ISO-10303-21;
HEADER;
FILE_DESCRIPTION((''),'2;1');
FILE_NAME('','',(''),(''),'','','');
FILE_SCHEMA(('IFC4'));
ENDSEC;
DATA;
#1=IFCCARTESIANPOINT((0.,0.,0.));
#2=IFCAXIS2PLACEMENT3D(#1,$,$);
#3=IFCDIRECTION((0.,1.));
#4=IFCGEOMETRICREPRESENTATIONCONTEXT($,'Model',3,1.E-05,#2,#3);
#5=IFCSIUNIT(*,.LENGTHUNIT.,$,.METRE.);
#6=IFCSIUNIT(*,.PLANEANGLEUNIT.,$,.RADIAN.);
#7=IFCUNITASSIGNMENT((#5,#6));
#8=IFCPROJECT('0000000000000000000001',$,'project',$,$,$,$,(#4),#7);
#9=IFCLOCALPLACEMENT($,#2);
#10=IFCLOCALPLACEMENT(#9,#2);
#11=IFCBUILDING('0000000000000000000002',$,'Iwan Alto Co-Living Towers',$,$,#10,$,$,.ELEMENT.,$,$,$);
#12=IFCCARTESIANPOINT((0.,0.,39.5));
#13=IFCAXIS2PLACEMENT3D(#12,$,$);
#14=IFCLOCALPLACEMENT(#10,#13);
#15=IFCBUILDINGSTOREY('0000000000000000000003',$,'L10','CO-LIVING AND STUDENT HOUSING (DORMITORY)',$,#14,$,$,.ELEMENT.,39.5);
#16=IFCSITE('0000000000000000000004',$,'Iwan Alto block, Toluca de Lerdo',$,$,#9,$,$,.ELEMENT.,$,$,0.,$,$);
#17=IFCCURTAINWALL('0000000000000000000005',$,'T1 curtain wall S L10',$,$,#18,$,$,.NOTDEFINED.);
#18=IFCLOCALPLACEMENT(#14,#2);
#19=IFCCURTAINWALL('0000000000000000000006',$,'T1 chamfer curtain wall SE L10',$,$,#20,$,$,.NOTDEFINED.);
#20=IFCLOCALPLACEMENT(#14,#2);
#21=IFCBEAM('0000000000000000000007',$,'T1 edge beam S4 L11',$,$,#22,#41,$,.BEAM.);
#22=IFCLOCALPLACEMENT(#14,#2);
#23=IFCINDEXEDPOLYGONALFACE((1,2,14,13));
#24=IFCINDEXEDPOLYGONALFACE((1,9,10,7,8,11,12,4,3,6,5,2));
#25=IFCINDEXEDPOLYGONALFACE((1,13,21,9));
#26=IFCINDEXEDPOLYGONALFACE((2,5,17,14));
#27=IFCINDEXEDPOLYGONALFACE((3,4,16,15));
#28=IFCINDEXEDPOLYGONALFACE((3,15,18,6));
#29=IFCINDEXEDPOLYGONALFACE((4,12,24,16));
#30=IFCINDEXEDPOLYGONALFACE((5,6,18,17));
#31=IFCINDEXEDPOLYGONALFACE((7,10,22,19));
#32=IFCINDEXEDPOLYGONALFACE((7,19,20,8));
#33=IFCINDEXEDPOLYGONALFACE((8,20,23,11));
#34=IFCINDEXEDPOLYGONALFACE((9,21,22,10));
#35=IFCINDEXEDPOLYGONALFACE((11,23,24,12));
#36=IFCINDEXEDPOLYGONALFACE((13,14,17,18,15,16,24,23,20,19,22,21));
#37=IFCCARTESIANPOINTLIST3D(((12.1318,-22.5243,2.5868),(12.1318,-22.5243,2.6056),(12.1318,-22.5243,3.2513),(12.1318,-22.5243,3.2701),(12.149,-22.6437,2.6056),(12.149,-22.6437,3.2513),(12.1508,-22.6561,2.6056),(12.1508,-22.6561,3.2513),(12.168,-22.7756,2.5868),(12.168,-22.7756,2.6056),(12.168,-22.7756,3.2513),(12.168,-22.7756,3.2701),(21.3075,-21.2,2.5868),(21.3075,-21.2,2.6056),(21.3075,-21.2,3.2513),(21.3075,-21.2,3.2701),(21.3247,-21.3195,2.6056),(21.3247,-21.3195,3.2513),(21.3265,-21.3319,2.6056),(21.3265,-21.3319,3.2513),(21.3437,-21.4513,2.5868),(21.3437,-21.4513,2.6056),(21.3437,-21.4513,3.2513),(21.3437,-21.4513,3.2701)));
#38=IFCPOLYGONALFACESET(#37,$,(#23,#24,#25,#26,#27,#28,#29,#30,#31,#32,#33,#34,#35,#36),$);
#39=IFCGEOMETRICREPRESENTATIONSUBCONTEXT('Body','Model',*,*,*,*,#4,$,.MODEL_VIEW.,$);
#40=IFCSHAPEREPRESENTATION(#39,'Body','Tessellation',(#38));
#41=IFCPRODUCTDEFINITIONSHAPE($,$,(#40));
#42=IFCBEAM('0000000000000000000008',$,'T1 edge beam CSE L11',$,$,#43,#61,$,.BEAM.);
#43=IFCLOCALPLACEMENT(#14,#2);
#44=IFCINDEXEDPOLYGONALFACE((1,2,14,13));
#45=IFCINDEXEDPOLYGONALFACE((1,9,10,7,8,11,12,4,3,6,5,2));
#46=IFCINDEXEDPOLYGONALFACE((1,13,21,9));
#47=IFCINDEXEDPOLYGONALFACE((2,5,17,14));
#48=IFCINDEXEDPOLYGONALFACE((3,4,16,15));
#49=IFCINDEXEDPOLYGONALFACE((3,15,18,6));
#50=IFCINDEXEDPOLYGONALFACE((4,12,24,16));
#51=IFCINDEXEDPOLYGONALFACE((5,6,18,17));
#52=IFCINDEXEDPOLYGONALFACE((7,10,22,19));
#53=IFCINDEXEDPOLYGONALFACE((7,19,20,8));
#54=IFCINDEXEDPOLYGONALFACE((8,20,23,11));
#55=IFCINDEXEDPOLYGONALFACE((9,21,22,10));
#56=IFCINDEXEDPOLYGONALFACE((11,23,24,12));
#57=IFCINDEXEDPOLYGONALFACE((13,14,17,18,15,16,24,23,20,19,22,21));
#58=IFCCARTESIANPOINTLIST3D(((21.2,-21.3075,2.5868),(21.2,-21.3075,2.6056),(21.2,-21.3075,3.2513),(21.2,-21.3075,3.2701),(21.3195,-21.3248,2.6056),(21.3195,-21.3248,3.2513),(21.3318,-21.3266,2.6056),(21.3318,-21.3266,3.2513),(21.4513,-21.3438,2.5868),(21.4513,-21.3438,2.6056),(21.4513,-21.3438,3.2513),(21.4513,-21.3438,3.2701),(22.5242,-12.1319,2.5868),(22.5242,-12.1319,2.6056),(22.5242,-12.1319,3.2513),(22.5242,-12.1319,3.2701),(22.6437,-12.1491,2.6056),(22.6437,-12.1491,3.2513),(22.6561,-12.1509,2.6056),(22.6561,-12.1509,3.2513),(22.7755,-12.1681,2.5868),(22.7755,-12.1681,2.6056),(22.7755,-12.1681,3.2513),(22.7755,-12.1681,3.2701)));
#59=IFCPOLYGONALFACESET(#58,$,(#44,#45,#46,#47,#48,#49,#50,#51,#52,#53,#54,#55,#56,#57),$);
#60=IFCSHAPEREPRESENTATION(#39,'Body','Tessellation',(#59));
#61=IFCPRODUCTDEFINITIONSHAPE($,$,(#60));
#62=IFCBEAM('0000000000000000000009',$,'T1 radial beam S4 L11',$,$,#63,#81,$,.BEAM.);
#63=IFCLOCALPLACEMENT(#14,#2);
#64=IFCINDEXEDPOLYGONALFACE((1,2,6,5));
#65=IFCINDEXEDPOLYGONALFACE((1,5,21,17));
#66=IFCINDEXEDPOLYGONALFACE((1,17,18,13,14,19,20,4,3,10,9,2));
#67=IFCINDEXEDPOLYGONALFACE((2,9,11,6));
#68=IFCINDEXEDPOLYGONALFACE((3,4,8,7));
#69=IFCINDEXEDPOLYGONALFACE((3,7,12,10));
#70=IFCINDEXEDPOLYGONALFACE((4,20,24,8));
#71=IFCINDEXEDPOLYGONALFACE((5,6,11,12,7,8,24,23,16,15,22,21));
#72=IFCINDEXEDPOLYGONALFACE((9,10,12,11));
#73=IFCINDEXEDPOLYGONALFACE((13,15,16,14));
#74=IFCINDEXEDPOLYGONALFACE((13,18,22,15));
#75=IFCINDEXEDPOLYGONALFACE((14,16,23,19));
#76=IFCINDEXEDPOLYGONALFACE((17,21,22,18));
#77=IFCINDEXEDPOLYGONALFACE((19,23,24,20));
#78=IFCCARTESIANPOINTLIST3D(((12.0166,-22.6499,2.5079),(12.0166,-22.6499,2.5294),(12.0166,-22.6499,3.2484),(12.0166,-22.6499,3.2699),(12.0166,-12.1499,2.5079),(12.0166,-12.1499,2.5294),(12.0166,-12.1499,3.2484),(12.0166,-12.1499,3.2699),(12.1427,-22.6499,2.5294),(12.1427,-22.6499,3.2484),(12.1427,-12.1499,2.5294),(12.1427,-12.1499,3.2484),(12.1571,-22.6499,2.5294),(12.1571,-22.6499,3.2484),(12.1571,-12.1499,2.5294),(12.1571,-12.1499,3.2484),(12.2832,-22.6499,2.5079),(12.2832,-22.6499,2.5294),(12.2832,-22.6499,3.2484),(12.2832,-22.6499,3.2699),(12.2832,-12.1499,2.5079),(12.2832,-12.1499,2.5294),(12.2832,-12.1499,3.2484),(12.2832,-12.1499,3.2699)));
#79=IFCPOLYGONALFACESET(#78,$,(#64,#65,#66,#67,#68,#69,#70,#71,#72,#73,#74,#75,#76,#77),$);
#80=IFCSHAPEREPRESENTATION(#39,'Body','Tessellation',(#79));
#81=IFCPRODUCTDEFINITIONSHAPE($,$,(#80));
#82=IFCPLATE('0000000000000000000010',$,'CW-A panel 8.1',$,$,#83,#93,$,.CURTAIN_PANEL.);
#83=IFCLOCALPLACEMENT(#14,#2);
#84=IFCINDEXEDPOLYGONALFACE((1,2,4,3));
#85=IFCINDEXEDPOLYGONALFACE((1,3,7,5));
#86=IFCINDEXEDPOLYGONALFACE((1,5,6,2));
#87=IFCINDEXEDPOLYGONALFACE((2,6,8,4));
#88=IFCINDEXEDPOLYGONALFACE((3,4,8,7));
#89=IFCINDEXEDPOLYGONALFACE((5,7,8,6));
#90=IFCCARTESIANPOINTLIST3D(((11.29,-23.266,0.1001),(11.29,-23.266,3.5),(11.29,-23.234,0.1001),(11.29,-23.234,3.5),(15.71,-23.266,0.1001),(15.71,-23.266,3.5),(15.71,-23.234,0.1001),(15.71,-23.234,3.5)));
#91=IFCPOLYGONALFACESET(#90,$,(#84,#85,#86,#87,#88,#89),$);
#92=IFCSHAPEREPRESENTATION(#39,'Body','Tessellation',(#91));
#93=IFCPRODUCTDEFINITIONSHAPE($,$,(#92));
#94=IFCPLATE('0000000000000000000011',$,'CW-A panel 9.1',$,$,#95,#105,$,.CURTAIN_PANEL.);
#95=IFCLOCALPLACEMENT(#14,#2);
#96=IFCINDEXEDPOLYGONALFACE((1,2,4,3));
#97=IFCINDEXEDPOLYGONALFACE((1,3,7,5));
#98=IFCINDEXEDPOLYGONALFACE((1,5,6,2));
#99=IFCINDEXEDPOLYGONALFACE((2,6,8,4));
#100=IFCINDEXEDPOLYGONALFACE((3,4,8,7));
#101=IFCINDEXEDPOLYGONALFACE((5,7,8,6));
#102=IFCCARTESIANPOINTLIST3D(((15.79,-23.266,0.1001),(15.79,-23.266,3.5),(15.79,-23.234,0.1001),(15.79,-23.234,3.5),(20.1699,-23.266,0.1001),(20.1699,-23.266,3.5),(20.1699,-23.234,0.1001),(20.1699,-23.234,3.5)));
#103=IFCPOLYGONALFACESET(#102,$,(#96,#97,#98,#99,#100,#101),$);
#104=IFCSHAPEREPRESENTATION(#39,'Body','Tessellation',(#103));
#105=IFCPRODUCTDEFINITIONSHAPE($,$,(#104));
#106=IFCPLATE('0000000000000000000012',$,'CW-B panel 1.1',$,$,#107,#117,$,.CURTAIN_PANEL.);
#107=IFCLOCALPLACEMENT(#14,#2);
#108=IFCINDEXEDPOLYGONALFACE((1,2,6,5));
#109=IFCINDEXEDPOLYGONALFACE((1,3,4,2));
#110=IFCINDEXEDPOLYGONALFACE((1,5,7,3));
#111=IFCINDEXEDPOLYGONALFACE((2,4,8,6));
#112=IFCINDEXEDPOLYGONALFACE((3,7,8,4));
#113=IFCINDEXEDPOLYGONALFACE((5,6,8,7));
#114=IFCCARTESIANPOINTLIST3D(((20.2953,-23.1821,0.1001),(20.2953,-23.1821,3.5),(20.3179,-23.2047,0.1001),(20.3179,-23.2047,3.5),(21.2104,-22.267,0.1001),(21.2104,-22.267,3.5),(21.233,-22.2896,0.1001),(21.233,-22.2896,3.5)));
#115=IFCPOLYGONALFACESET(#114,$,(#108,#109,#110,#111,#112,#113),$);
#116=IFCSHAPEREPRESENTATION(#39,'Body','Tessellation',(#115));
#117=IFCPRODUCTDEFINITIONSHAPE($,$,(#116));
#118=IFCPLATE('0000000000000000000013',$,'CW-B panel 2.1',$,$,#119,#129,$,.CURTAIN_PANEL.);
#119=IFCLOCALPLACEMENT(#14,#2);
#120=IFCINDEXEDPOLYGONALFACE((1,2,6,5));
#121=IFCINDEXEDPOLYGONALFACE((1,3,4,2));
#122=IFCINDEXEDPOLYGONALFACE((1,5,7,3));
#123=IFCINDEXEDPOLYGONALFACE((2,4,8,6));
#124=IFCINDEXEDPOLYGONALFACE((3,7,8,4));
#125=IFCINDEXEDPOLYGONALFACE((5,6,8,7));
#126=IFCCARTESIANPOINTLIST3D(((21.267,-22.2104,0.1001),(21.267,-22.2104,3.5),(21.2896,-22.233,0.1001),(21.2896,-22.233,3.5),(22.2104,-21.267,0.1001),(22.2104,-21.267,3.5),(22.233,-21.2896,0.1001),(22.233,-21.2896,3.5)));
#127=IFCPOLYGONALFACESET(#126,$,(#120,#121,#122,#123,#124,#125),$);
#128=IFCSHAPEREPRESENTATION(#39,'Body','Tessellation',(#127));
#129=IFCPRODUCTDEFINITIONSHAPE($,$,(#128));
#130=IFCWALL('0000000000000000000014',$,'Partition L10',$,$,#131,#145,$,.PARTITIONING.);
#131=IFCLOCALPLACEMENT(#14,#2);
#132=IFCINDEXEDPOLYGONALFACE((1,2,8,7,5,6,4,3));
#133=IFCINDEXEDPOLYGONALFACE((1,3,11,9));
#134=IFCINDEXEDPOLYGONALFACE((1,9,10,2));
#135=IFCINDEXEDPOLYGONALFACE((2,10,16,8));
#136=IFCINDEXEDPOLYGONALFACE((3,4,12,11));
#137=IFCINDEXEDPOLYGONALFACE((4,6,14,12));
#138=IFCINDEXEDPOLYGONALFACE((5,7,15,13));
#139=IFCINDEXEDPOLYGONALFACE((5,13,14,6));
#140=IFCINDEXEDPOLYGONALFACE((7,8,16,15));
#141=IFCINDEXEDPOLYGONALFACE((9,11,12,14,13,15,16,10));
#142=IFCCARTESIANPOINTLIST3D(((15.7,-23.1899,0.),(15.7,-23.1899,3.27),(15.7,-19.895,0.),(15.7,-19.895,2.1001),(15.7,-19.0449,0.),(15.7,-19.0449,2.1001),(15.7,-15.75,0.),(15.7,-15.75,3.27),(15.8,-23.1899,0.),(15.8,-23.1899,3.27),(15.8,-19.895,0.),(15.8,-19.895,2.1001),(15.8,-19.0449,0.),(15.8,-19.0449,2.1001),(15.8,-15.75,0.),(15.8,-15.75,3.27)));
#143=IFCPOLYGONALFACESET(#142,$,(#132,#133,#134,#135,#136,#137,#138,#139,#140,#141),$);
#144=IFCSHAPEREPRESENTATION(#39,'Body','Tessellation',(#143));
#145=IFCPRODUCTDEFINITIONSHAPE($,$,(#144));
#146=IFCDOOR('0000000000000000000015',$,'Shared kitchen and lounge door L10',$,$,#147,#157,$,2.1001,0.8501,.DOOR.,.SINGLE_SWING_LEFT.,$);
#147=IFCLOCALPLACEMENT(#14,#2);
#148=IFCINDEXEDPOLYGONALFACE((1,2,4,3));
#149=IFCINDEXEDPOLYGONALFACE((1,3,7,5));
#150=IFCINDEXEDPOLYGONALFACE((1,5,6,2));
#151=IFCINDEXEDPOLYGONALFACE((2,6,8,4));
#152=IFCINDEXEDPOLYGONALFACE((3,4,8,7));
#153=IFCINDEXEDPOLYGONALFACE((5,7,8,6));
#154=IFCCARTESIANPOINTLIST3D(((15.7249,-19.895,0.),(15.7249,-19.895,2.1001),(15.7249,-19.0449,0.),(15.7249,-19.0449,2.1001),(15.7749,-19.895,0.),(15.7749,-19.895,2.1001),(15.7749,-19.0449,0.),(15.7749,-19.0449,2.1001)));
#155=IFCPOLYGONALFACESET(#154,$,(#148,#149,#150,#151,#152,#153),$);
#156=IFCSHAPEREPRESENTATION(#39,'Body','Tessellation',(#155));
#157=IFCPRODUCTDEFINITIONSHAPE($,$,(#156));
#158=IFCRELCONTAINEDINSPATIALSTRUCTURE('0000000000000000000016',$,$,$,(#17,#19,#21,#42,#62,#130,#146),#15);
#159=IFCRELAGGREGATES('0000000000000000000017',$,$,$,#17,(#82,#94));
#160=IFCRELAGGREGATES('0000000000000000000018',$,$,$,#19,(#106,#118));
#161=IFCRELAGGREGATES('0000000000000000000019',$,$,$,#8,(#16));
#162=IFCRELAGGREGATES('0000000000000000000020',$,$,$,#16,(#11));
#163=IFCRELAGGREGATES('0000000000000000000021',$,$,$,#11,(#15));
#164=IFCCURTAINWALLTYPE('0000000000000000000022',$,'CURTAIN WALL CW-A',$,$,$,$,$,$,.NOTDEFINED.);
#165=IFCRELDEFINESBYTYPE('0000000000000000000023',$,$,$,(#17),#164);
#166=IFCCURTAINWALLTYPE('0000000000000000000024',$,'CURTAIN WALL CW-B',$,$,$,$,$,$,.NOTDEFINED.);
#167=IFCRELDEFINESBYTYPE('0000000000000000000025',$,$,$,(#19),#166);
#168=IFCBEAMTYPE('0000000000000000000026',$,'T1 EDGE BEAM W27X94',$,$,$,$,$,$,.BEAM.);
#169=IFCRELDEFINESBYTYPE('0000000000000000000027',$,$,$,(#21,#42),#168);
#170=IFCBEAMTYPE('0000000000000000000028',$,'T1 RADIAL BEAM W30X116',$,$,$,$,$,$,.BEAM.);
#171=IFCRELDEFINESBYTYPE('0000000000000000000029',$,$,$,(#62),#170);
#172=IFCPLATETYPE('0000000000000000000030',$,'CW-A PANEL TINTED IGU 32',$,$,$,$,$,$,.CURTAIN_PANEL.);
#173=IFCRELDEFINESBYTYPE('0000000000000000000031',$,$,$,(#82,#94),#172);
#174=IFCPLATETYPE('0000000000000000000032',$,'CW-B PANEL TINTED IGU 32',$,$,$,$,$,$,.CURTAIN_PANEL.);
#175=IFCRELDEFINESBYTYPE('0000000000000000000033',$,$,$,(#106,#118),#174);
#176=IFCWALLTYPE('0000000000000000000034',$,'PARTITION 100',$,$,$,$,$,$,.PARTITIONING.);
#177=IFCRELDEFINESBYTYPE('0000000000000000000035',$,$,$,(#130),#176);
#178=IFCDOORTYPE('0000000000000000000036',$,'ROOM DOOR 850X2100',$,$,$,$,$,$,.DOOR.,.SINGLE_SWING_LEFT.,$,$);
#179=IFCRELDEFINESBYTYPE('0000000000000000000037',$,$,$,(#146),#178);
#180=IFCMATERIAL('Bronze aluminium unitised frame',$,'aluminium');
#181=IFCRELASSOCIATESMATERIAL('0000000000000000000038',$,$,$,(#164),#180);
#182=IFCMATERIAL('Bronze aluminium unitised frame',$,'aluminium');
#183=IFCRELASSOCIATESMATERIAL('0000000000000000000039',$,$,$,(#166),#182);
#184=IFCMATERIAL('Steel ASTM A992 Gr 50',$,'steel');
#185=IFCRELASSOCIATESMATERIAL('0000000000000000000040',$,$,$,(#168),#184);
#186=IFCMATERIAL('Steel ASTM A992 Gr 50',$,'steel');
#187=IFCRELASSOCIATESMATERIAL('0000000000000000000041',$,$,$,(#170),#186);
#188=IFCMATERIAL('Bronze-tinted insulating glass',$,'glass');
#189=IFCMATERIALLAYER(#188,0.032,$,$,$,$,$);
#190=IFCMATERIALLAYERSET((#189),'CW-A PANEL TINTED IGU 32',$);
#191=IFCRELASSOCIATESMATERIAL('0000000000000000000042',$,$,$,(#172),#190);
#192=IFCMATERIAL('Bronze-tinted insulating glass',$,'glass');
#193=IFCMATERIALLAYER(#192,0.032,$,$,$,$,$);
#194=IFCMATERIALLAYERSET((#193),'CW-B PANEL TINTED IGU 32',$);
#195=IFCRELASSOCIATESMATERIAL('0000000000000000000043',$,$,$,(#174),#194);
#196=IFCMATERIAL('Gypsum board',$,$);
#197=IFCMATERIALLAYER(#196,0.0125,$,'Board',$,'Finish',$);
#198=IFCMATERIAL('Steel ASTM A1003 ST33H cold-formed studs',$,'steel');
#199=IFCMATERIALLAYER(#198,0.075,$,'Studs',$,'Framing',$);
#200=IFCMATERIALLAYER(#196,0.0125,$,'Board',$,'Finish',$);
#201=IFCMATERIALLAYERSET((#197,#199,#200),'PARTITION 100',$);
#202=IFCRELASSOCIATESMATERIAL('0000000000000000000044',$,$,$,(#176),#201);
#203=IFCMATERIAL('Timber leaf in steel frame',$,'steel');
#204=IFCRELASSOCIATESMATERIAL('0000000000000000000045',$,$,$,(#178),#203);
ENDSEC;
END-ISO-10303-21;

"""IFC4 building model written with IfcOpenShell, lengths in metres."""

from ifc_helpers import new_model, si_unit, direction, frame, frame_2d, origin, origin_2d, place, context, subcontext, project, spatial, rectangle, i_section, extrude, material, layer, layer_set, material_profile, profile_set, type_object, element, fill, aggregate, save


model = new_model("IFC4")

# Units and contexts
model_context = context("Model", 3, precision=1e-05, world=origin(), true_north=direction((0.0, 1.0)))
body_context = subcontext(model_context, "Body", "Model", "MODEL_VIEW")
ifc_project = project(units=[si_unit("LENGTHUNIT", "METRE"), si_unit("PLANEANGLEUNIT", "RADIAN")], contexts=[model_context])

# Site, building, storey
site_placement = place(None, origin())
site = spatial("IfcSite", under=ifc_project, at=site_placement, Name="Iwan Alto block, Toluca de Lerdo", CompositionType="ELEMENT", RefElevation=0.0)
building_placement = place(site_placement, origin())
building = spatial("IfcBuilding", under=site, at=building_placement, Name="Iwan Alto Co-Living Towers", CompositionType="ELEMENT")
storey_placement = place(building_placement, frame((0.0, 0.0, 39.5)))
storey = spatial("IfcBuildingStorey", under=building, at=storey_placement, Name="L10", Description="CO-LIVING AND STUDENT HOUSING (DORMITORY)", CompositionType="ELEMENT", Elevation=39.5)

# Curtain walls
ifc_material_1 = material(Name="Bronze aluminium unitised frame", Category="aluminium")
curtain_wall_type_1 = type_object("IfcCurtainWallType", Name="CURTAIN WALL CW-A", PredefinedType="NOTDEFINED", material=ifc_material_1)
curtain_wall_1_placement = place(storey_placement, origin())
curtain_wall_1 = element("IfcCurtainWall", 1, at=curtain_wall_1_placement, inside=storey, type_object=curtain_wall_type_1, Name="T1 curtain wall S L10", PredefinedType="NOTDEFINED")
ifc_material_2 = material(Name="Bronze aluminium unitised frame", Category="aluminium")
curtain_wall_type_2 = type_object("IfcCurtainWallType", Name="CURTAIN WALL CW-B", PredefinedType="NOTDEFINED", material=ifc_material_2)
curtain_wall_2_placement = place(storey_placement, origin())
curtain_wall_2 = element("IfcCurtainWall", 2, at=curtain_wall_2_placement, inside=storey, type_object=curtain_wall_type_2, Name="T1 chamfer curtain wall SE L10", PredefinedType="NOTDEFINED")

# Beams
ifc_material_3 = material(Name="Steel ASTM A992 Gr 50", Category="steel")
ifc_material_profile_1 = material_profile(ifc_material_3, i_section(OverallWidth=0.2539, OverallDepth=0.6833, WebThickness=0.0125, FlangeThickness=0.0188, at=origin_2d()), Name="W27X94")
ifc_profile_set_1 = profile_set([ifc_material_profile_1], Name="Steel ASTM A992 Gr 50")
beam_type_1 = type_object("IfcBeamType", Name="T1 EDGE BEAM W27X94", PredefinedType="BEAM", material=ifc_profile_set_1)
for number, where, z_axis, x_axis, name in (
    (3, (12.1499, -22.6499, 2.9285), (0.989746, 0.142837, 0.0), (-0.142837, 0.989746, 0.0), "T1 edge beam S4 L11"),
    (4, (21.3257, -21.3257, 2.9285), (0.142837, 0.989746, 0.0), (-0.989746, 0.142837, 0.0), "T1 edge beam CSE L11"),
):
    element("IfcBeam", number, at=place(storey_placement, frame(where, z_axis=z_axis, x_axis=x_axis)), inside=storey, type_object=beam_type_1, Name=name, PredefinedType="BEAM", context=body_context, shape_type="SweptSolid", body=[
        extrude(i_section(OverallWidth=0.2539, OverallDepth=0.6833, WebThickness=0.0125, FlangeThickness=0.0188, at=origin_2d()), origin(), (0.0, 0.0, 1.0), 9.2708),
    ])
ifc_material_4 = material(Name="Steel ASTM A992 Gr 50", Category="steel")
ifc_material_profile_2 = material_profile(ifc_material_4, i_section(OverallWidth=0.2666, OverallDepth=0.762, WebThickness=0.0144, FlangeThickness=0.0215, at=origin_2d()), Name="W30X116")
ifc_profile_set_2 = profile_set([ifc_material_profile_2], Name="Steel ASTM A992 Gr 50")
beam_type_2 = type_object("IfcBeamType", Name="T1 RADIAL BEAM W30X116", PredefinedType="BEAM", material=ifc_profile_set_2)
beam_1_placement = place(storey_placement, frame((12.1499, -22.6499, 2.8889), z_axis=(0.0, 1.0, 0.0), x_axis=(-1.0, 0.0, 0.0)))
element("IfcBeam", 5, at=beam_1_placement, inside=storey, type_object=beam_type_2, Name="T1 radial beam S4 L11", PredefinedType="BEAM", context=body_context, shape_type="SweptSolid", body=[
    extrude(i_section(OverallWidth=0.2666, OverallDepth=0.762, WebThickness=0.0144, FlangeThickness=0.0215, at=origin_2d()), origin(), (0.0, 0.0, 1.0), 10.5),
])

# Plates
ifc_material_5 = material(Name="Bronze-tinted insulating glass", Category="glass")
ifc_layer_1 = layer(ifc_material_5, 0.032)
ifc_layer_set_1 = layer_set([ifc_layer_1], Name="CW-A PANEL TINTED IGU 32")
plate_type_1 = type_object("IfcPlateType", Name="CW-A PANEL TINTED IGU 32", PredefinedType="CURTAIN_PANEL", material=ifc_layer_set_1)
plate_1_placement = place(storey_placement, frame((13.5, -23.25, 0.1001), z_axis=(0.0, 0.0, 1.0), x_axis=(1.0, 0.0, 0.0)))
plate_1 = element("IfcPlate", 6, at=plate_1_placement, type_object=plate_type_1, Name="CW-A panel 8.1", PredefinedType="CURTAIN_PANEL", context=body_context, shape_type="SweptSolid", body=[
    extrude(rectangle(XDim=4.4199, YDim=0.032, at=origin_2d()), origin(), (0.0, 0.0, 1.0), 3.3999),
])
plate_2_placement = place(storey_placement, frame((17.98, -23.25, 0.1001), z_axis=(0.0, 0.0, 1.0), x_axis=(1.0, 0.0, 0.0)))
plate_2 = element("IfcPlate", 7, at=plate_2_placement, type_object=plate_type_1, Name="CW-A panel 9.1", PredefinedType="CURTAIN_PANEL", context=body_context, shape_type="SweptSolid", body=[
    extrude(rectangle(XDim=4.3799, YDim=0.032, at=origin_2d()), origin(), (0.0, 0.0, 1.0), 3.3999),
])
aggregate(curtain_wall_1, [plate_1, plate_2])
ifc_material_6 = material(Name="Bronze-tinted insulating glass", Category="glass")
ifc_layer_2 = layer(ifc_material_6, 0.032)
ifc_layer_set_2 = layer_set([ifc_layer_2], Name="CW-B PANEL TINTED IGU 32")
plate_type_2 = type_object("IfcPlateType", Name="CW-B PANEL TINTED IGU 32", PredefinedType="CURTAIN_PANEL", material=ifc_layer_set_2)
plate_3_placement = place(storey_placement, frame((20.7642, -22.7358, 0.1001), z_axis=(0.0, 0.0, 1.0), x_axis=(0.707107, 0.707107, 0.0)))
plate_3 = element("IfcPlate", 8, at=plate_3_placement, type_object=plate_type_2, Name="CW-B panel 1.1", PredefinedType="CURTAIN_PANEL", context=body_context, shape_type="SweptSolid", body=[
    extrude(rectangle(XDim=1.2942, YDim=0.032, at=origin_2d()), origin(), (0.0, 0.0, 1.0), 3.3999),
])
plate_4_placement = place(storey_placement, frame((21.75, -21.75, 0.1001), z_axis=(0.0, 0.0, 1.0), x_axis=(0.707107, 0.707107, 0.0)))
plate_4 = element("IfcPlate", 9, at=plate_4_placement, type_object=plate_type_2, Name="CW-B panel 2.1", PredefinedType="CURTAIN_PANEL", context=body_context, shape_type="SweptSolid", body=[
    extrude(rectangle(XDim=1.3342, YDim=0.032, at=origin_2d()), origin(), (0.0, 0.0, 1.0), 3.3999),
])
aggregate(curtain_wall_2, [plate_3, plate_4])

# Wall, opening, door
ifc_material_7 = material(Name="Gypsum board")
ifc_layer_3 = layer(ifc_material_7, 0.0125, Name="Board", Category="Finish")
ifc_material_8 = material(Name="Steel ASTM A1003 ST33H cold-formed studs", Category="steel")
ifc_layer_4 = layer(ifc_material_8, 0.075, Name="Studs", Category="Framing")
ifc_layer_5 = layer(ifc_material_7, 0.0125, Name="Board", Category="Finish")
ifc_layer_set_3 = layer_set([ifc_layer_3, ifc_layer_4, ifc_layer_5], Name="PARTITION 100")
wall_type = type_object("IfcWallType", Name="PARTITION 100", PredefinedType="PARTITIONING", material=ifc_layer_set_3)
wall_1_placement = place(storey_placement, frame((15.75, -23.1899, 0.0), z_axis=(0.0, 0.0, 1.0), x_axis=(0.0, 1.0, 0.0)))
wall_1 = element("IfcWall", 10, at=wall_1_placement, inside=storey, type_object=wall_type, Name="Partition L10", PredefinedType="PARTITIONING", context=body_context, shape_type="SweptSolid", body=[
    extrude(rectangle(XDim=7.4399, YDim=0.1001, at=frame_2d((3.72, 0.0))), origin(), (0.0, 0.0, 1.0), 3.27),
])
opening_1_placement = place(wall_1_placement, frame((3.2949, 0.0, 0.0)))
opening_1 = element("IfcOpeningElement", 11, at=opening_1_placement, cuts=wall_1, PredefinedType="OPENING", context=body_context, shape_type="SweptSolid", body=[
    extrude(rectangle(XDim=0.8501, YDim=2.1001, at=frame_2d((0.425, 1.05))), frame((0.0, 0.0601, 0.0), z_axis=(0.0, -1.0, 0.0), x_axis=(1.0, 0.0, 0.0)), (0.0, 0.0, 1.0), 0.1201),
])
ifc_material_9 = material(Name="Timber leaf in steel frame", Category="steel")
door_type_1 = type_object("IfcDoorType", Name="ROOM DOOR 850X2100", OperationType="SINGLE_SWING_LEFT", PredefinedType="DOOR", material=ifc_material_9)
door_1_placement = place(opening_1_placement, frame((0.8501, 0.0, 0.0), z_axis=(0.0, 0.0, 1.0), x_axis=(-1.0, 0.0, 0.0)))
door_1 = element("IfcDoor", 12, at=door_1_placement, inside=storey, type_object=door_type_1, Name="Shared kitchen and lounge door L10", OperationType="SINGLE_SWING_LEFT", OverallHeight=2.1001, OverallWidth=0.8501, PredefinedType="DOOR", context=body_context, shape_type="SweptSolid", body=[
    extrude(rectangle(XDim=0.8501, YDim=2.1001, at=frame_2d((0.425, 1.05))), frame((0.0, 0.0249, 0.0), z_axis=(0.0, -1.0, 0.0), x_axis=(1.0, 0.0, 0.0)), (0.0, 0.0, 1.0), 0.05),
])
fill(opening_1, door_1)

save(model, "model.ifc")
